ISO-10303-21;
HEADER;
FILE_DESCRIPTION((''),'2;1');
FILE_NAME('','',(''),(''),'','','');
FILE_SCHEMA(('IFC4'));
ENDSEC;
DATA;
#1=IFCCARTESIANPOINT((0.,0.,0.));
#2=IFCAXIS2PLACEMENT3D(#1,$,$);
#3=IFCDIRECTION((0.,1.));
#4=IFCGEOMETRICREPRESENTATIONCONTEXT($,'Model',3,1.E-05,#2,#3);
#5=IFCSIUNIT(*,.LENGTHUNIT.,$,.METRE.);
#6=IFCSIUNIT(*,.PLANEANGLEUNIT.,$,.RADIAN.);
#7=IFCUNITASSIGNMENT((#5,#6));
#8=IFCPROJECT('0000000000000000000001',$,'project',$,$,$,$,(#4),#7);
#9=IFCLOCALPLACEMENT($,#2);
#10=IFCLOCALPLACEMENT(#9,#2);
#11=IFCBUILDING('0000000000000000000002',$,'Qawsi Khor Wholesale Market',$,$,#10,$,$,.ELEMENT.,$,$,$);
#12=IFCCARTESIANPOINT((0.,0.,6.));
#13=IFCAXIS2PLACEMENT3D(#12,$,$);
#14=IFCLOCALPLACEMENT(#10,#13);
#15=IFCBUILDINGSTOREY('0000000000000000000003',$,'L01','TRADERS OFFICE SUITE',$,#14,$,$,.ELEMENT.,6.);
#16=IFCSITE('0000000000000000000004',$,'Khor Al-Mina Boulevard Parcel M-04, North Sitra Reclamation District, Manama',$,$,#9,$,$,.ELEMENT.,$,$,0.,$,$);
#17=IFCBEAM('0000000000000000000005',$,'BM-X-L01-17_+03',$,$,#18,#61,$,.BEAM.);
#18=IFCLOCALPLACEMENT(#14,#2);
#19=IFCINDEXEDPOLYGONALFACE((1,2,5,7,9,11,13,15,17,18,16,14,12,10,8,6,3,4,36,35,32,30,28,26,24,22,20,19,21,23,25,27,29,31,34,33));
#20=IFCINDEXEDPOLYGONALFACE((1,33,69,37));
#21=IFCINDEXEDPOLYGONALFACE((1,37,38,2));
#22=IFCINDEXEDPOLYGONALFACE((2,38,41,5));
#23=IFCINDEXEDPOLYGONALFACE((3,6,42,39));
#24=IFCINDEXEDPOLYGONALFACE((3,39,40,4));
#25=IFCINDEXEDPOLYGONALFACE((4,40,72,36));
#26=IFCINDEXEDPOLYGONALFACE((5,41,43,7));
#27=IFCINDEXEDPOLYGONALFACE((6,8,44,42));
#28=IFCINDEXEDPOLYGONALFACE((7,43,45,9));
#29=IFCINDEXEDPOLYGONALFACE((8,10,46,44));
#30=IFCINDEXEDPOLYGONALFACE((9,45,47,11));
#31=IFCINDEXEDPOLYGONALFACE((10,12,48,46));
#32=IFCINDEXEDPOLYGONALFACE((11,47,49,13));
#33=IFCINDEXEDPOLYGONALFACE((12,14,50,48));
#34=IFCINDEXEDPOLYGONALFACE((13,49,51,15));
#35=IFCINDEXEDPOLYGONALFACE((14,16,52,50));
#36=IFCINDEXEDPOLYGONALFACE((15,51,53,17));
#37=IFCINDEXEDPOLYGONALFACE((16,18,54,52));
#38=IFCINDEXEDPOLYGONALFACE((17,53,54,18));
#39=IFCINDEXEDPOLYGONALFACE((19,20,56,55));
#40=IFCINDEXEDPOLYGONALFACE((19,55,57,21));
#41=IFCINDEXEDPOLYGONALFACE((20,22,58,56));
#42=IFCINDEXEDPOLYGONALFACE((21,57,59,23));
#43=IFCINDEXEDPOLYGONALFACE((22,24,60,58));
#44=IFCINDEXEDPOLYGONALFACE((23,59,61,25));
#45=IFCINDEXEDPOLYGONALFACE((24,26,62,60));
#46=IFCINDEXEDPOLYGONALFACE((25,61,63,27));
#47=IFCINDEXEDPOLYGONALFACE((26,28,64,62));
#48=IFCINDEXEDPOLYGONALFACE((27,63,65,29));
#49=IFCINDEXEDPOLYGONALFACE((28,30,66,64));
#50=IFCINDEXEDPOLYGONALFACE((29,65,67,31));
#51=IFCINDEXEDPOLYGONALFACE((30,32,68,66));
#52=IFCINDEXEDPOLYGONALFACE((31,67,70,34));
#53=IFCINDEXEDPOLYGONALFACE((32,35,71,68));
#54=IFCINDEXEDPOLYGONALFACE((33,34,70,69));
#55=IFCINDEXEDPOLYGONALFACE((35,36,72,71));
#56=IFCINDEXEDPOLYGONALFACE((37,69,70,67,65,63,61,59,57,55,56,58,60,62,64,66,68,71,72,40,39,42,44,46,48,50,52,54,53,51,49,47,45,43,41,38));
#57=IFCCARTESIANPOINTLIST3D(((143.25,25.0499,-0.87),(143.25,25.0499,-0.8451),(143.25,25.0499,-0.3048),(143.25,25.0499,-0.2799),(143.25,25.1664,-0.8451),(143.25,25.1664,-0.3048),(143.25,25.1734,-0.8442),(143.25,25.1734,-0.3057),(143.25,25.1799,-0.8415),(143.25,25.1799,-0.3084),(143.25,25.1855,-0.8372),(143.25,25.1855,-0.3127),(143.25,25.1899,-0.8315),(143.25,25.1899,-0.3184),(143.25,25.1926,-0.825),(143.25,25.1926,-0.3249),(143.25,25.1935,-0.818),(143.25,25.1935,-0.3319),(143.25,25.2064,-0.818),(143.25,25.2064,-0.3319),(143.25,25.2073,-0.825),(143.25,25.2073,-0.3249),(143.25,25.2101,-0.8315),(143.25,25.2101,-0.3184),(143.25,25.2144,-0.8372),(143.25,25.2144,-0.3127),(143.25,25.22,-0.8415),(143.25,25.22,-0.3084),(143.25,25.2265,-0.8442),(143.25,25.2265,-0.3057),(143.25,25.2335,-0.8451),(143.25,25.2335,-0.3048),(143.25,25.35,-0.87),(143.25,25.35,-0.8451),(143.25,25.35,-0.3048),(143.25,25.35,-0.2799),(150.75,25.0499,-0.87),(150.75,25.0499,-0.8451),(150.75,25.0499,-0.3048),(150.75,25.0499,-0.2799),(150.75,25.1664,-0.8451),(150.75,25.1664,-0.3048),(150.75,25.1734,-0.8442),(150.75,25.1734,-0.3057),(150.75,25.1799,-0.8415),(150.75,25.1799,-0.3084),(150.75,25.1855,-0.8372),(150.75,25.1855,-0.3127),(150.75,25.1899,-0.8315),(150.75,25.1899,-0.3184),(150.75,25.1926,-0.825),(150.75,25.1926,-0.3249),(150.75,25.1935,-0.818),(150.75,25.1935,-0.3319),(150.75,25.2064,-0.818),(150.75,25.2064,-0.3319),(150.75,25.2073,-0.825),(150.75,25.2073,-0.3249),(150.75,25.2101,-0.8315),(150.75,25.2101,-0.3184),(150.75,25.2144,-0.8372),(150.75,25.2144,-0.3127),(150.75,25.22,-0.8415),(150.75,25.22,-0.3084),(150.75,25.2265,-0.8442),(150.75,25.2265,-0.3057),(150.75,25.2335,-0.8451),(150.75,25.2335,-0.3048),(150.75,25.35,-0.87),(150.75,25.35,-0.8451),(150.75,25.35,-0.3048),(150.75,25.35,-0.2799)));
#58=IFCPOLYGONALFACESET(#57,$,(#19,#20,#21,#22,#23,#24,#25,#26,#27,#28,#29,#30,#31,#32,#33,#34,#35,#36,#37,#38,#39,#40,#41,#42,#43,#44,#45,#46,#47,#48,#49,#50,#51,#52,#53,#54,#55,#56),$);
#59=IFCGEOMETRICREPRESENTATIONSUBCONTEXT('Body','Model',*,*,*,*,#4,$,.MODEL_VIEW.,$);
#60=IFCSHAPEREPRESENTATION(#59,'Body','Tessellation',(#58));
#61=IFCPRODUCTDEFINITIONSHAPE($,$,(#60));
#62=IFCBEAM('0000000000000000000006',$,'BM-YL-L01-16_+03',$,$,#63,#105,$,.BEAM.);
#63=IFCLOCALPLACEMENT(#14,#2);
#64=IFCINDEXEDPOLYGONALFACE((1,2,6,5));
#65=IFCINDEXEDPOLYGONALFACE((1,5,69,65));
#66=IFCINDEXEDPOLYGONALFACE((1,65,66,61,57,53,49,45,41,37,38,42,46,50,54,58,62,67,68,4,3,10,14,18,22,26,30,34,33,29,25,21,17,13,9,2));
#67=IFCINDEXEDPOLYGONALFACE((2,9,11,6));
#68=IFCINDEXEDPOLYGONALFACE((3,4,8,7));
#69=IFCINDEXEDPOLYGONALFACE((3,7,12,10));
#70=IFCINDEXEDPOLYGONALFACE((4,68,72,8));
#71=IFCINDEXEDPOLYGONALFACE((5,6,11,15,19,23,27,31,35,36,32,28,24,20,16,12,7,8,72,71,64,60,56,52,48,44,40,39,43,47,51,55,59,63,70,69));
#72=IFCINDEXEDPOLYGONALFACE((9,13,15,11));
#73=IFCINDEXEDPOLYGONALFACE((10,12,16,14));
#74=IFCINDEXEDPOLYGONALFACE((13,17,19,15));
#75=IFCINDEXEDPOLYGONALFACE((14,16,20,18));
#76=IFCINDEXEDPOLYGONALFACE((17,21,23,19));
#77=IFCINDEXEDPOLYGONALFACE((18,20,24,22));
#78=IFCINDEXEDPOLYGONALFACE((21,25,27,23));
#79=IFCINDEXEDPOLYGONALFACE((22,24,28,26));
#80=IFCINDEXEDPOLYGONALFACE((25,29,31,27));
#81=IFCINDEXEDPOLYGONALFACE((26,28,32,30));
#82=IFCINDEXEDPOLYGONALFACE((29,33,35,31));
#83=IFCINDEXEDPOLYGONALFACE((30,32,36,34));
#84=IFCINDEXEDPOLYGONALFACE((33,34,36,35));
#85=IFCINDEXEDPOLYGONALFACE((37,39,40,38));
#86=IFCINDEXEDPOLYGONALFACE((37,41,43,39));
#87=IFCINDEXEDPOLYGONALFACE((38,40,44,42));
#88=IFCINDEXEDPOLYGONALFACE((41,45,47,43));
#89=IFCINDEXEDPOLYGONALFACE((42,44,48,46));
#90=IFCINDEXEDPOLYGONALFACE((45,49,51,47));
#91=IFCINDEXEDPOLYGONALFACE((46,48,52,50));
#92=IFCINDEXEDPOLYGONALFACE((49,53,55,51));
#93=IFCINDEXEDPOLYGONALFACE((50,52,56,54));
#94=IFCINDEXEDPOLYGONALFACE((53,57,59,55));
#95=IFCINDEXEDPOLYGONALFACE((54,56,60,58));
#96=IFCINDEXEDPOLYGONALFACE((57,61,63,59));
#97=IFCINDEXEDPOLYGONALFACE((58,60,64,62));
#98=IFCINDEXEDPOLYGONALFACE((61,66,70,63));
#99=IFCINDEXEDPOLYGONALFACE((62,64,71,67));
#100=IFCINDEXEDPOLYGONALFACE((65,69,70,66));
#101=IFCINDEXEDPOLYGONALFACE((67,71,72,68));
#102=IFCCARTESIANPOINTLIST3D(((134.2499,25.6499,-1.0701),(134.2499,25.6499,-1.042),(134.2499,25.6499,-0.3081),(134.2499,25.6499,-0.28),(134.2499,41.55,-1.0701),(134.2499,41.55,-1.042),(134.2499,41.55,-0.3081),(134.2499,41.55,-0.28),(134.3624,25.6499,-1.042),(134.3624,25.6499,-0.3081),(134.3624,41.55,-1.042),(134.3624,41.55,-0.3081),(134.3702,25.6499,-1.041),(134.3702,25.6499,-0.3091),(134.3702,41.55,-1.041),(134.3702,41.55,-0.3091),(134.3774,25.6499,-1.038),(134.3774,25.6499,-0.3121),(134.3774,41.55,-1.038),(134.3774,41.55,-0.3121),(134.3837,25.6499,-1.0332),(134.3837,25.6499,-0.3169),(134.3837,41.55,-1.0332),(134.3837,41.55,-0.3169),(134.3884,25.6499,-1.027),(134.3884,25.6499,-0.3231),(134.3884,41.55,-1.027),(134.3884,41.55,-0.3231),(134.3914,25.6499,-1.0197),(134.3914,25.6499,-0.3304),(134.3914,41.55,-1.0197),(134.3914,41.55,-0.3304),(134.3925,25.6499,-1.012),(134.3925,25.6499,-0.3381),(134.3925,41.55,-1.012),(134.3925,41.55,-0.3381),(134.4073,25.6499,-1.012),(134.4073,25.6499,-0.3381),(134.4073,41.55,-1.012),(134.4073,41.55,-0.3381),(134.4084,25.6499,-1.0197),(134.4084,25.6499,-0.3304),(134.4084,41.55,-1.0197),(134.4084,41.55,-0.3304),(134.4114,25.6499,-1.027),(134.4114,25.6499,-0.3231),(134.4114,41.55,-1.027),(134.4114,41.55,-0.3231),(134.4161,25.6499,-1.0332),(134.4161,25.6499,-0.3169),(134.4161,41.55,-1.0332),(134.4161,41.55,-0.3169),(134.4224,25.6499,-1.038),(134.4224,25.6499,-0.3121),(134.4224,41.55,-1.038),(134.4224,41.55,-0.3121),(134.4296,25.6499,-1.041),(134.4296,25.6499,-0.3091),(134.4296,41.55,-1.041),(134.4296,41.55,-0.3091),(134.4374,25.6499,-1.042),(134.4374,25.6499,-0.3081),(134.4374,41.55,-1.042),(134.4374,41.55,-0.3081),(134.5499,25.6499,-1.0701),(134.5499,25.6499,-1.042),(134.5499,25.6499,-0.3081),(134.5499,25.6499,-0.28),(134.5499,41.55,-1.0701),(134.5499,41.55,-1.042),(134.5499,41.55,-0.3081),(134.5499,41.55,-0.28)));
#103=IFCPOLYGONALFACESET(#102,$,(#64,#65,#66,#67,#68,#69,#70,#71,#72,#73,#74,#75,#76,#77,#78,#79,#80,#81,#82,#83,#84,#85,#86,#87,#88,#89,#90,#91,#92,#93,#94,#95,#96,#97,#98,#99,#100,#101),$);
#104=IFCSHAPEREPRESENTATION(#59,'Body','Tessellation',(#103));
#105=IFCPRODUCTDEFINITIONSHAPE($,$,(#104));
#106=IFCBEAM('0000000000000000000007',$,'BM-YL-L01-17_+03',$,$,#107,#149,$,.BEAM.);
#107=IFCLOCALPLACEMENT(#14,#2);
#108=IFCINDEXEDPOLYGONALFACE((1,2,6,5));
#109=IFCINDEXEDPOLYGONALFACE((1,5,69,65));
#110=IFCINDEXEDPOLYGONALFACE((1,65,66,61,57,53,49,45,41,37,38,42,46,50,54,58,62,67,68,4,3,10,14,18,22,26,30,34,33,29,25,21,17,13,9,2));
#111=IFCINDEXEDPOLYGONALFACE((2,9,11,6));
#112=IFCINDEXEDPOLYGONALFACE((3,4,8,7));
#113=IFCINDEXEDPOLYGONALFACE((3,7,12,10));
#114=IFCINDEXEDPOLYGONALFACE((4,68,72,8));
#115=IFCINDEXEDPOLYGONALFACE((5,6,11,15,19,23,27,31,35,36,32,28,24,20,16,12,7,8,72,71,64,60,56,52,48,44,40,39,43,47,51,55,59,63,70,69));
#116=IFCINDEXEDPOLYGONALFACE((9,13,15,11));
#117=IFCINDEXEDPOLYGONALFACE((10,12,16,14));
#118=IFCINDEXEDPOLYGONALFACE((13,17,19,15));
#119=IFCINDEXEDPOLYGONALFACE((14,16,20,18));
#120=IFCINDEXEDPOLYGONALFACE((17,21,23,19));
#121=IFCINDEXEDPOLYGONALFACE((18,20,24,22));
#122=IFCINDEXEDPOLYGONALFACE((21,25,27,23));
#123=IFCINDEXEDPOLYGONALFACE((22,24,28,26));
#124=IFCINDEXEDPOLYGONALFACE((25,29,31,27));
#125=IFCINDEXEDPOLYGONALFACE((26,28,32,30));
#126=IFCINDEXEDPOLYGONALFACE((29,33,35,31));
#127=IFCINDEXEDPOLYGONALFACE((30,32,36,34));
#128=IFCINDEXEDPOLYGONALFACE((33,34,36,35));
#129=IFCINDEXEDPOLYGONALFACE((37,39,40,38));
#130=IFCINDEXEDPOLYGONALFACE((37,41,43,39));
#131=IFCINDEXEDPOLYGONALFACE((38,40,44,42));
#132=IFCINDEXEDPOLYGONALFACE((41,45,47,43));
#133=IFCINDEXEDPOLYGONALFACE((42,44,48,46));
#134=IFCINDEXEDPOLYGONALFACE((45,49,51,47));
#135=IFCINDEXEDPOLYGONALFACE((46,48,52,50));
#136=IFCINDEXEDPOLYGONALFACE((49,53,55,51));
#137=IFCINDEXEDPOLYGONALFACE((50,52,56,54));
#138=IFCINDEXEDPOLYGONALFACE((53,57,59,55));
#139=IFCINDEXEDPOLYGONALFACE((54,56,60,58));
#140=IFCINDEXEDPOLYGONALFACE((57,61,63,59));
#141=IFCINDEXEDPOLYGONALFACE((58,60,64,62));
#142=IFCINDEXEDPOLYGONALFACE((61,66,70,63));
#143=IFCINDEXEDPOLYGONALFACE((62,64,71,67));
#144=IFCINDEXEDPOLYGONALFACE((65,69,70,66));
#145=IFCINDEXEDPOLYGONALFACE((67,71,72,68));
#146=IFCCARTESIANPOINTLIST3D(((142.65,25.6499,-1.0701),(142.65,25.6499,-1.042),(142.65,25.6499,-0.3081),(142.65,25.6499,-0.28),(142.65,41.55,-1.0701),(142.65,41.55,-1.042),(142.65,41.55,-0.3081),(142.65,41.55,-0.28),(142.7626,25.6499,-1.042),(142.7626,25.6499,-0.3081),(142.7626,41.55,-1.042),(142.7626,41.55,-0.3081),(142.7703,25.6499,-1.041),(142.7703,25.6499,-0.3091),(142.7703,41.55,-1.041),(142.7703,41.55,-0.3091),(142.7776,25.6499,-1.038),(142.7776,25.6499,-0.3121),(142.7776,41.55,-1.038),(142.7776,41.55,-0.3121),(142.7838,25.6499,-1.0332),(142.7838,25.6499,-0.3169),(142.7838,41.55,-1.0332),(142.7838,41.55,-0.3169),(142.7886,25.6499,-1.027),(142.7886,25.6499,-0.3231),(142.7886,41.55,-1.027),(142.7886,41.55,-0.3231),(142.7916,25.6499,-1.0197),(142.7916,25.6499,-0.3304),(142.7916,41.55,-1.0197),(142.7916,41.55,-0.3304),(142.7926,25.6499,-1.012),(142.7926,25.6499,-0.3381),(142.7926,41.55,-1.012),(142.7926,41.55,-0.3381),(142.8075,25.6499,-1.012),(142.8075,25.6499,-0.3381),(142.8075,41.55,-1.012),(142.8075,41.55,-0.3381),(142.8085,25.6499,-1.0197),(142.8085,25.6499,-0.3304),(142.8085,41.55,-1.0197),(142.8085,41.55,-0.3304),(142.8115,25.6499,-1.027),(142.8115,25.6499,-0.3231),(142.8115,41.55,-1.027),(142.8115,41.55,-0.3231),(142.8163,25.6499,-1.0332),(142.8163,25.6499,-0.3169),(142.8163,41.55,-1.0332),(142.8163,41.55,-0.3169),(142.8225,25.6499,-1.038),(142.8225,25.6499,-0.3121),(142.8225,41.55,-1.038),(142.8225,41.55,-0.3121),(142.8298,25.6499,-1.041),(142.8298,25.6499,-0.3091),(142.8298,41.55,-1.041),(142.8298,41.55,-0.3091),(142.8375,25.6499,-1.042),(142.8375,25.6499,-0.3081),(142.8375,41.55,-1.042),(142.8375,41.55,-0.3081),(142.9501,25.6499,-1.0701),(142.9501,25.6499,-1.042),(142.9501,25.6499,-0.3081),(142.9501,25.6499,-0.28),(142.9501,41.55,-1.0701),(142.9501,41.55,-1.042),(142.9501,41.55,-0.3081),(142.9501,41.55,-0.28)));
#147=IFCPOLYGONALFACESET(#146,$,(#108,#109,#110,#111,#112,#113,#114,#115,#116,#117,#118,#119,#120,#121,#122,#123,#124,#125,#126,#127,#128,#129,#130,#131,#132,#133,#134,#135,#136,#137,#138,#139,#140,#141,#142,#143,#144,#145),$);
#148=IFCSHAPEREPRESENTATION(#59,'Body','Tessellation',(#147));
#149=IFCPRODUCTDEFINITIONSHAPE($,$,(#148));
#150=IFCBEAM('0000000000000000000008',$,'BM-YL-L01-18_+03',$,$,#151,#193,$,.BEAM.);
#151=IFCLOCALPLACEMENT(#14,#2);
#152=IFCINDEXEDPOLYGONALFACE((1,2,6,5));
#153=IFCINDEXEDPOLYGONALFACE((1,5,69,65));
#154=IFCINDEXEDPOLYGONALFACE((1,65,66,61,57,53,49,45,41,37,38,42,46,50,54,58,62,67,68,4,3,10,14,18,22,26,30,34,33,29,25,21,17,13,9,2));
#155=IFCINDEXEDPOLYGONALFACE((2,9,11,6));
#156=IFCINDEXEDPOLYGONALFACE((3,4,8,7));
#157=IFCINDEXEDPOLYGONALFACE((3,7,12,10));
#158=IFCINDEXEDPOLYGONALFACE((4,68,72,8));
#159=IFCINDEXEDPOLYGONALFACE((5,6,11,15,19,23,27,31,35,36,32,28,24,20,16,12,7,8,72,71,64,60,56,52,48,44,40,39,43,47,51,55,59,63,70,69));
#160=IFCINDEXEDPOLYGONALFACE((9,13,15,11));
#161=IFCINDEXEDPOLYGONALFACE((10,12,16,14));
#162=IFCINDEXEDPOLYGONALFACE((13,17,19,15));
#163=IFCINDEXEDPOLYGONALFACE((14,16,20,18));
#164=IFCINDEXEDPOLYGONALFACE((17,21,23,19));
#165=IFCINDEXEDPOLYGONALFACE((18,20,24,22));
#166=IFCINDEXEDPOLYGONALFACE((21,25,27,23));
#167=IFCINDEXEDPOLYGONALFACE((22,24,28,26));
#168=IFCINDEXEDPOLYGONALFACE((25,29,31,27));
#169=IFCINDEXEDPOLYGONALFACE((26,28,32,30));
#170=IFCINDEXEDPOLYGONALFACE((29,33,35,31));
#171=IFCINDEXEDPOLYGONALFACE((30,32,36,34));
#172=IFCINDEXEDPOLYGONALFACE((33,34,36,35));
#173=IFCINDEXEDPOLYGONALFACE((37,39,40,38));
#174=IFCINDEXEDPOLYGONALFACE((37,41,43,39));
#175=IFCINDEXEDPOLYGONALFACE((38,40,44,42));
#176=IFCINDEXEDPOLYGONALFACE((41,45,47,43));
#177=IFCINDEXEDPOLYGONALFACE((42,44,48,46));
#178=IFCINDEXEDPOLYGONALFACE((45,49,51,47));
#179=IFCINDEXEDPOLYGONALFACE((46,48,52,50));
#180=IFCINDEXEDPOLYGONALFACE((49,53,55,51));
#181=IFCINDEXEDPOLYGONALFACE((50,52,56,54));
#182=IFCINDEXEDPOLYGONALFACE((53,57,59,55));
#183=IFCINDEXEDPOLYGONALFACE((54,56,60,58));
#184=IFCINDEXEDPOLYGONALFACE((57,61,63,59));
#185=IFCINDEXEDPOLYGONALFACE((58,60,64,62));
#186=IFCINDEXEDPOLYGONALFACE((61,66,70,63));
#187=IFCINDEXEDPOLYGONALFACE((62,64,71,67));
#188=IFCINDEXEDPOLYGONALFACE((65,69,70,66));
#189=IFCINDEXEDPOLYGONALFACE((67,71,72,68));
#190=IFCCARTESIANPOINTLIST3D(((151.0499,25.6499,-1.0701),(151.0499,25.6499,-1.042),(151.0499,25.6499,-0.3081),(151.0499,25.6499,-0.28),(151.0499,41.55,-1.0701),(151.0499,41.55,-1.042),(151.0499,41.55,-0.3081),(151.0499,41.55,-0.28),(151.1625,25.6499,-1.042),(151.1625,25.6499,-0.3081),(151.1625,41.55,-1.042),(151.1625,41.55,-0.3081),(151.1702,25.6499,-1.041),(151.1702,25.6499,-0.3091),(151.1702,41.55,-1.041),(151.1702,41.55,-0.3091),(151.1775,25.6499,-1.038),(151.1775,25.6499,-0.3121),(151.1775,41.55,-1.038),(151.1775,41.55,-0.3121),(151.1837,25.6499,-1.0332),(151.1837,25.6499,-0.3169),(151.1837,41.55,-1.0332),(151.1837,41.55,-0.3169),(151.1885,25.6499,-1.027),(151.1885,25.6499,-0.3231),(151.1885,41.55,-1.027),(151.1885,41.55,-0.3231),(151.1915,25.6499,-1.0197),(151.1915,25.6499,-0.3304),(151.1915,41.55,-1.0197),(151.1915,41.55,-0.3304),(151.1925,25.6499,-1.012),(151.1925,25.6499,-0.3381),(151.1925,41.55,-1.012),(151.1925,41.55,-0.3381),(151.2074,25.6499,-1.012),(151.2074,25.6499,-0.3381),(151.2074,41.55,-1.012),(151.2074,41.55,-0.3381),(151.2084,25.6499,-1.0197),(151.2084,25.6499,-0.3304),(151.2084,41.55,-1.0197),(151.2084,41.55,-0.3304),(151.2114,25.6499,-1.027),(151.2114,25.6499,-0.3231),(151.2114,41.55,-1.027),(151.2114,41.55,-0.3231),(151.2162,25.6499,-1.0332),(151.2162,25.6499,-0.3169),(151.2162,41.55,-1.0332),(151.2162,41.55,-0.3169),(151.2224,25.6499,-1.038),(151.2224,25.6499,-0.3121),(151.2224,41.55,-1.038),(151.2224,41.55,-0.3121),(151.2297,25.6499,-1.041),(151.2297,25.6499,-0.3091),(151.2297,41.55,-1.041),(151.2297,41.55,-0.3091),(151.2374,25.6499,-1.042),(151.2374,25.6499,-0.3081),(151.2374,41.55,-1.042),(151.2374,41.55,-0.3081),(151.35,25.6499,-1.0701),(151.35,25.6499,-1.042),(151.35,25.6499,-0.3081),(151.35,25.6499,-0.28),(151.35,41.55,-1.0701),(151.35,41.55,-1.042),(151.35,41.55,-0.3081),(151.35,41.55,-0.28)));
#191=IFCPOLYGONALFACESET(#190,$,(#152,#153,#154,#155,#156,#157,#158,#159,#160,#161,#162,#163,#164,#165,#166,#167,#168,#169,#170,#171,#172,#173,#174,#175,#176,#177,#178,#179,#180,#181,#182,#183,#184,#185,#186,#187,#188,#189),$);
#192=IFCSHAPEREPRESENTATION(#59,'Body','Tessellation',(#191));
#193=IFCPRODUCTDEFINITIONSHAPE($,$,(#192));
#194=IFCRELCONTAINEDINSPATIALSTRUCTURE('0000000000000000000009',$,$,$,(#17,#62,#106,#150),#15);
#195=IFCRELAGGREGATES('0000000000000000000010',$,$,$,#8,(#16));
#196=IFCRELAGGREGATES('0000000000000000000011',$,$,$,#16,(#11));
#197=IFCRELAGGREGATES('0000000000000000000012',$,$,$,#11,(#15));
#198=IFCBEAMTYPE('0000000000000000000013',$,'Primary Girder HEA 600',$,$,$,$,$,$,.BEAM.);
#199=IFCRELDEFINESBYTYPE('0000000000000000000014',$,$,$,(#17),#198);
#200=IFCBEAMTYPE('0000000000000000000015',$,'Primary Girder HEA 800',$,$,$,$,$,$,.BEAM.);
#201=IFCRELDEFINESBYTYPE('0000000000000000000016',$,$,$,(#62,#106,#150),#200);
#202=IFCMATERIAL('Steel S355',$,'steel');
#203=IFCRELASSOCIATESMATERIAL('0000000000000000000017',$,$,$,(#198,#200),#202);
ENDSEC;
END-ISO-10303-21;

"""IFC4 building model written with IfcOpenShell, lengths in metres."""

from ifc_helpers import new_model, si_unit, direction, frame, origin, origin_2d, place, context, subcontext, project, spatial, i_section, extrude, material, material_profile, profile_set, type_object, element, save


model = new_model("IFC4")

# Units and contexts
model_context = context("Model", 3, precision=1e-05, world=origin(), true_north=direction((0.0, 1.0)))
body_context = subcontext(model_context, "Body", "Model", "MODEL_VIEW")
ifc_project = project(units=[si_unit("LENGTHUNIT", "METRE"), si_unit("PLANEANGLEUNIT", "RADIAN")], contexts=[model_context])

# Site, building, storey
site_placement = place(None, origin())
site = spatial("IfcSite", under=ifc_project, at=site_placement, Name="Khor Al-Mina Boulevard Parcel M-04, North Sitra Reclamation District, Manama", CompositionType="ELEMENT", RefElevation=0.0)
building_placement = place(site_placement, origin())
building = spatial("IfcBuilding", under=site, at=building_placement, Name="Qawsi Khor Wholesale Market", CompositionType="ELEMENT")
storey_placement = place(building_placement, frame((0.0, 0.0, 6.0)))
storey = spatial("IfcBuildingStorey", under=building, at=storey_placement, Name="L01", Description="TRADERS OFFICE SUITE", CompositionType="ELEMENT", Elevation=6.0)

# Beams
ifc_material_1 = material(Name="Steel S355", Category="steel")
ifc_material_profile_1 = material_profile(ifc_material_1, i_section(OverallWidth=0.3, OverallDepth=0.5901, WebThickness=0.0129, FlangeThickness=0.0249, FilletRadius=0.0271, at=origin_2d()), Name="HEA 600")
ifc_profile_set_1 = profile_set([ifc_material_profile_1], Name="Steel S355")
beam_type_1 = type_object("IfcBeamType", Name="Primary Girder HEA 600", PredefinedType="BEAM", material=ifc_profile_set_1)
for number, where, z_axis, x_axis, name in (
    (1, (143.25, 25.2, -0.575), (1.0, 0.0, 0.0), (0.0, 1.0, 0.0), "BM-X-L01-17_+03"),
):
    element("IfcBeam", number, at=place(storey_placement, frame(where, z_axis=z_axis, x_axis=x_axis)), inside=storey, type_object=beam_type_1, Name=name, PredefinedType="BEAM", context=body_context, shape_type="SweptSolid", body=[
        extrude(i_section(OverallWidth=0.3, OverallDepth=0.5901, WebThickness=0.0129, FlangeThickness=0.0249, FilletRadius=0.0271, at=origin_2d()), origin(), (0.0, 0.0, 1.0), 7.5),
    ])
ifc_material_profile_2 = material_profile(ifc_material_1, i_section(OverallWidth=0.3, OverallDepth=0.79, WebThickness=0.0149, FlangeThickness=0.0281, FilletRadius=0.03, at=origin_2d()), Name="HEA 800")
ifc_profile_set_2 = profile_set([ifc_material_profile_2], Name="Steel S355")
beam_type_2 = type_object("IfcBeamType", Name="Primary Girder HEA 800", PredefinedType="BEAM", material=ifc_profile_set_2)
for number, where, z_axis, x_axis, name in (
    (2, (134.3999, 25.6499, -0.675), (0.0, 1.0, 0.0), (-1.0, 0.0, 0.0), "BM-YL-L01-16_+03"),
    (3, (142.8, 25.6499, -0.675), (0.0, 1.0, 0.0), (-1.0, 0.0, 0.0), "BM-YL-L01-17_+03"),
    (4, (151.2, 25.6499, -0.675), (0.0, 1.0, 0.0), (-1.0, 0.0, 0.0), "BM-YL-L01-18_+03"),
):
    element("IfcBeam", number, at=place(storey_placement, frame(where, z_axis=z_axis, x_axis=x_axis)), inside=storey, type_object=beam_type_2, Name=name, PredefinedType="BEAM", context=body_context, shape_type="SweptSolid", body=[
        extrude(i_section(OverallWidth=0.3, OverallDepth=0.79, WebThickness=0.0149, FlangeThickness=0.0281, FilletRadius=0.03, at=origin_2d()), origin(), (0.0, 0.0, 1.0), 15.9001),
    ])

save(model, "model.ifc")
